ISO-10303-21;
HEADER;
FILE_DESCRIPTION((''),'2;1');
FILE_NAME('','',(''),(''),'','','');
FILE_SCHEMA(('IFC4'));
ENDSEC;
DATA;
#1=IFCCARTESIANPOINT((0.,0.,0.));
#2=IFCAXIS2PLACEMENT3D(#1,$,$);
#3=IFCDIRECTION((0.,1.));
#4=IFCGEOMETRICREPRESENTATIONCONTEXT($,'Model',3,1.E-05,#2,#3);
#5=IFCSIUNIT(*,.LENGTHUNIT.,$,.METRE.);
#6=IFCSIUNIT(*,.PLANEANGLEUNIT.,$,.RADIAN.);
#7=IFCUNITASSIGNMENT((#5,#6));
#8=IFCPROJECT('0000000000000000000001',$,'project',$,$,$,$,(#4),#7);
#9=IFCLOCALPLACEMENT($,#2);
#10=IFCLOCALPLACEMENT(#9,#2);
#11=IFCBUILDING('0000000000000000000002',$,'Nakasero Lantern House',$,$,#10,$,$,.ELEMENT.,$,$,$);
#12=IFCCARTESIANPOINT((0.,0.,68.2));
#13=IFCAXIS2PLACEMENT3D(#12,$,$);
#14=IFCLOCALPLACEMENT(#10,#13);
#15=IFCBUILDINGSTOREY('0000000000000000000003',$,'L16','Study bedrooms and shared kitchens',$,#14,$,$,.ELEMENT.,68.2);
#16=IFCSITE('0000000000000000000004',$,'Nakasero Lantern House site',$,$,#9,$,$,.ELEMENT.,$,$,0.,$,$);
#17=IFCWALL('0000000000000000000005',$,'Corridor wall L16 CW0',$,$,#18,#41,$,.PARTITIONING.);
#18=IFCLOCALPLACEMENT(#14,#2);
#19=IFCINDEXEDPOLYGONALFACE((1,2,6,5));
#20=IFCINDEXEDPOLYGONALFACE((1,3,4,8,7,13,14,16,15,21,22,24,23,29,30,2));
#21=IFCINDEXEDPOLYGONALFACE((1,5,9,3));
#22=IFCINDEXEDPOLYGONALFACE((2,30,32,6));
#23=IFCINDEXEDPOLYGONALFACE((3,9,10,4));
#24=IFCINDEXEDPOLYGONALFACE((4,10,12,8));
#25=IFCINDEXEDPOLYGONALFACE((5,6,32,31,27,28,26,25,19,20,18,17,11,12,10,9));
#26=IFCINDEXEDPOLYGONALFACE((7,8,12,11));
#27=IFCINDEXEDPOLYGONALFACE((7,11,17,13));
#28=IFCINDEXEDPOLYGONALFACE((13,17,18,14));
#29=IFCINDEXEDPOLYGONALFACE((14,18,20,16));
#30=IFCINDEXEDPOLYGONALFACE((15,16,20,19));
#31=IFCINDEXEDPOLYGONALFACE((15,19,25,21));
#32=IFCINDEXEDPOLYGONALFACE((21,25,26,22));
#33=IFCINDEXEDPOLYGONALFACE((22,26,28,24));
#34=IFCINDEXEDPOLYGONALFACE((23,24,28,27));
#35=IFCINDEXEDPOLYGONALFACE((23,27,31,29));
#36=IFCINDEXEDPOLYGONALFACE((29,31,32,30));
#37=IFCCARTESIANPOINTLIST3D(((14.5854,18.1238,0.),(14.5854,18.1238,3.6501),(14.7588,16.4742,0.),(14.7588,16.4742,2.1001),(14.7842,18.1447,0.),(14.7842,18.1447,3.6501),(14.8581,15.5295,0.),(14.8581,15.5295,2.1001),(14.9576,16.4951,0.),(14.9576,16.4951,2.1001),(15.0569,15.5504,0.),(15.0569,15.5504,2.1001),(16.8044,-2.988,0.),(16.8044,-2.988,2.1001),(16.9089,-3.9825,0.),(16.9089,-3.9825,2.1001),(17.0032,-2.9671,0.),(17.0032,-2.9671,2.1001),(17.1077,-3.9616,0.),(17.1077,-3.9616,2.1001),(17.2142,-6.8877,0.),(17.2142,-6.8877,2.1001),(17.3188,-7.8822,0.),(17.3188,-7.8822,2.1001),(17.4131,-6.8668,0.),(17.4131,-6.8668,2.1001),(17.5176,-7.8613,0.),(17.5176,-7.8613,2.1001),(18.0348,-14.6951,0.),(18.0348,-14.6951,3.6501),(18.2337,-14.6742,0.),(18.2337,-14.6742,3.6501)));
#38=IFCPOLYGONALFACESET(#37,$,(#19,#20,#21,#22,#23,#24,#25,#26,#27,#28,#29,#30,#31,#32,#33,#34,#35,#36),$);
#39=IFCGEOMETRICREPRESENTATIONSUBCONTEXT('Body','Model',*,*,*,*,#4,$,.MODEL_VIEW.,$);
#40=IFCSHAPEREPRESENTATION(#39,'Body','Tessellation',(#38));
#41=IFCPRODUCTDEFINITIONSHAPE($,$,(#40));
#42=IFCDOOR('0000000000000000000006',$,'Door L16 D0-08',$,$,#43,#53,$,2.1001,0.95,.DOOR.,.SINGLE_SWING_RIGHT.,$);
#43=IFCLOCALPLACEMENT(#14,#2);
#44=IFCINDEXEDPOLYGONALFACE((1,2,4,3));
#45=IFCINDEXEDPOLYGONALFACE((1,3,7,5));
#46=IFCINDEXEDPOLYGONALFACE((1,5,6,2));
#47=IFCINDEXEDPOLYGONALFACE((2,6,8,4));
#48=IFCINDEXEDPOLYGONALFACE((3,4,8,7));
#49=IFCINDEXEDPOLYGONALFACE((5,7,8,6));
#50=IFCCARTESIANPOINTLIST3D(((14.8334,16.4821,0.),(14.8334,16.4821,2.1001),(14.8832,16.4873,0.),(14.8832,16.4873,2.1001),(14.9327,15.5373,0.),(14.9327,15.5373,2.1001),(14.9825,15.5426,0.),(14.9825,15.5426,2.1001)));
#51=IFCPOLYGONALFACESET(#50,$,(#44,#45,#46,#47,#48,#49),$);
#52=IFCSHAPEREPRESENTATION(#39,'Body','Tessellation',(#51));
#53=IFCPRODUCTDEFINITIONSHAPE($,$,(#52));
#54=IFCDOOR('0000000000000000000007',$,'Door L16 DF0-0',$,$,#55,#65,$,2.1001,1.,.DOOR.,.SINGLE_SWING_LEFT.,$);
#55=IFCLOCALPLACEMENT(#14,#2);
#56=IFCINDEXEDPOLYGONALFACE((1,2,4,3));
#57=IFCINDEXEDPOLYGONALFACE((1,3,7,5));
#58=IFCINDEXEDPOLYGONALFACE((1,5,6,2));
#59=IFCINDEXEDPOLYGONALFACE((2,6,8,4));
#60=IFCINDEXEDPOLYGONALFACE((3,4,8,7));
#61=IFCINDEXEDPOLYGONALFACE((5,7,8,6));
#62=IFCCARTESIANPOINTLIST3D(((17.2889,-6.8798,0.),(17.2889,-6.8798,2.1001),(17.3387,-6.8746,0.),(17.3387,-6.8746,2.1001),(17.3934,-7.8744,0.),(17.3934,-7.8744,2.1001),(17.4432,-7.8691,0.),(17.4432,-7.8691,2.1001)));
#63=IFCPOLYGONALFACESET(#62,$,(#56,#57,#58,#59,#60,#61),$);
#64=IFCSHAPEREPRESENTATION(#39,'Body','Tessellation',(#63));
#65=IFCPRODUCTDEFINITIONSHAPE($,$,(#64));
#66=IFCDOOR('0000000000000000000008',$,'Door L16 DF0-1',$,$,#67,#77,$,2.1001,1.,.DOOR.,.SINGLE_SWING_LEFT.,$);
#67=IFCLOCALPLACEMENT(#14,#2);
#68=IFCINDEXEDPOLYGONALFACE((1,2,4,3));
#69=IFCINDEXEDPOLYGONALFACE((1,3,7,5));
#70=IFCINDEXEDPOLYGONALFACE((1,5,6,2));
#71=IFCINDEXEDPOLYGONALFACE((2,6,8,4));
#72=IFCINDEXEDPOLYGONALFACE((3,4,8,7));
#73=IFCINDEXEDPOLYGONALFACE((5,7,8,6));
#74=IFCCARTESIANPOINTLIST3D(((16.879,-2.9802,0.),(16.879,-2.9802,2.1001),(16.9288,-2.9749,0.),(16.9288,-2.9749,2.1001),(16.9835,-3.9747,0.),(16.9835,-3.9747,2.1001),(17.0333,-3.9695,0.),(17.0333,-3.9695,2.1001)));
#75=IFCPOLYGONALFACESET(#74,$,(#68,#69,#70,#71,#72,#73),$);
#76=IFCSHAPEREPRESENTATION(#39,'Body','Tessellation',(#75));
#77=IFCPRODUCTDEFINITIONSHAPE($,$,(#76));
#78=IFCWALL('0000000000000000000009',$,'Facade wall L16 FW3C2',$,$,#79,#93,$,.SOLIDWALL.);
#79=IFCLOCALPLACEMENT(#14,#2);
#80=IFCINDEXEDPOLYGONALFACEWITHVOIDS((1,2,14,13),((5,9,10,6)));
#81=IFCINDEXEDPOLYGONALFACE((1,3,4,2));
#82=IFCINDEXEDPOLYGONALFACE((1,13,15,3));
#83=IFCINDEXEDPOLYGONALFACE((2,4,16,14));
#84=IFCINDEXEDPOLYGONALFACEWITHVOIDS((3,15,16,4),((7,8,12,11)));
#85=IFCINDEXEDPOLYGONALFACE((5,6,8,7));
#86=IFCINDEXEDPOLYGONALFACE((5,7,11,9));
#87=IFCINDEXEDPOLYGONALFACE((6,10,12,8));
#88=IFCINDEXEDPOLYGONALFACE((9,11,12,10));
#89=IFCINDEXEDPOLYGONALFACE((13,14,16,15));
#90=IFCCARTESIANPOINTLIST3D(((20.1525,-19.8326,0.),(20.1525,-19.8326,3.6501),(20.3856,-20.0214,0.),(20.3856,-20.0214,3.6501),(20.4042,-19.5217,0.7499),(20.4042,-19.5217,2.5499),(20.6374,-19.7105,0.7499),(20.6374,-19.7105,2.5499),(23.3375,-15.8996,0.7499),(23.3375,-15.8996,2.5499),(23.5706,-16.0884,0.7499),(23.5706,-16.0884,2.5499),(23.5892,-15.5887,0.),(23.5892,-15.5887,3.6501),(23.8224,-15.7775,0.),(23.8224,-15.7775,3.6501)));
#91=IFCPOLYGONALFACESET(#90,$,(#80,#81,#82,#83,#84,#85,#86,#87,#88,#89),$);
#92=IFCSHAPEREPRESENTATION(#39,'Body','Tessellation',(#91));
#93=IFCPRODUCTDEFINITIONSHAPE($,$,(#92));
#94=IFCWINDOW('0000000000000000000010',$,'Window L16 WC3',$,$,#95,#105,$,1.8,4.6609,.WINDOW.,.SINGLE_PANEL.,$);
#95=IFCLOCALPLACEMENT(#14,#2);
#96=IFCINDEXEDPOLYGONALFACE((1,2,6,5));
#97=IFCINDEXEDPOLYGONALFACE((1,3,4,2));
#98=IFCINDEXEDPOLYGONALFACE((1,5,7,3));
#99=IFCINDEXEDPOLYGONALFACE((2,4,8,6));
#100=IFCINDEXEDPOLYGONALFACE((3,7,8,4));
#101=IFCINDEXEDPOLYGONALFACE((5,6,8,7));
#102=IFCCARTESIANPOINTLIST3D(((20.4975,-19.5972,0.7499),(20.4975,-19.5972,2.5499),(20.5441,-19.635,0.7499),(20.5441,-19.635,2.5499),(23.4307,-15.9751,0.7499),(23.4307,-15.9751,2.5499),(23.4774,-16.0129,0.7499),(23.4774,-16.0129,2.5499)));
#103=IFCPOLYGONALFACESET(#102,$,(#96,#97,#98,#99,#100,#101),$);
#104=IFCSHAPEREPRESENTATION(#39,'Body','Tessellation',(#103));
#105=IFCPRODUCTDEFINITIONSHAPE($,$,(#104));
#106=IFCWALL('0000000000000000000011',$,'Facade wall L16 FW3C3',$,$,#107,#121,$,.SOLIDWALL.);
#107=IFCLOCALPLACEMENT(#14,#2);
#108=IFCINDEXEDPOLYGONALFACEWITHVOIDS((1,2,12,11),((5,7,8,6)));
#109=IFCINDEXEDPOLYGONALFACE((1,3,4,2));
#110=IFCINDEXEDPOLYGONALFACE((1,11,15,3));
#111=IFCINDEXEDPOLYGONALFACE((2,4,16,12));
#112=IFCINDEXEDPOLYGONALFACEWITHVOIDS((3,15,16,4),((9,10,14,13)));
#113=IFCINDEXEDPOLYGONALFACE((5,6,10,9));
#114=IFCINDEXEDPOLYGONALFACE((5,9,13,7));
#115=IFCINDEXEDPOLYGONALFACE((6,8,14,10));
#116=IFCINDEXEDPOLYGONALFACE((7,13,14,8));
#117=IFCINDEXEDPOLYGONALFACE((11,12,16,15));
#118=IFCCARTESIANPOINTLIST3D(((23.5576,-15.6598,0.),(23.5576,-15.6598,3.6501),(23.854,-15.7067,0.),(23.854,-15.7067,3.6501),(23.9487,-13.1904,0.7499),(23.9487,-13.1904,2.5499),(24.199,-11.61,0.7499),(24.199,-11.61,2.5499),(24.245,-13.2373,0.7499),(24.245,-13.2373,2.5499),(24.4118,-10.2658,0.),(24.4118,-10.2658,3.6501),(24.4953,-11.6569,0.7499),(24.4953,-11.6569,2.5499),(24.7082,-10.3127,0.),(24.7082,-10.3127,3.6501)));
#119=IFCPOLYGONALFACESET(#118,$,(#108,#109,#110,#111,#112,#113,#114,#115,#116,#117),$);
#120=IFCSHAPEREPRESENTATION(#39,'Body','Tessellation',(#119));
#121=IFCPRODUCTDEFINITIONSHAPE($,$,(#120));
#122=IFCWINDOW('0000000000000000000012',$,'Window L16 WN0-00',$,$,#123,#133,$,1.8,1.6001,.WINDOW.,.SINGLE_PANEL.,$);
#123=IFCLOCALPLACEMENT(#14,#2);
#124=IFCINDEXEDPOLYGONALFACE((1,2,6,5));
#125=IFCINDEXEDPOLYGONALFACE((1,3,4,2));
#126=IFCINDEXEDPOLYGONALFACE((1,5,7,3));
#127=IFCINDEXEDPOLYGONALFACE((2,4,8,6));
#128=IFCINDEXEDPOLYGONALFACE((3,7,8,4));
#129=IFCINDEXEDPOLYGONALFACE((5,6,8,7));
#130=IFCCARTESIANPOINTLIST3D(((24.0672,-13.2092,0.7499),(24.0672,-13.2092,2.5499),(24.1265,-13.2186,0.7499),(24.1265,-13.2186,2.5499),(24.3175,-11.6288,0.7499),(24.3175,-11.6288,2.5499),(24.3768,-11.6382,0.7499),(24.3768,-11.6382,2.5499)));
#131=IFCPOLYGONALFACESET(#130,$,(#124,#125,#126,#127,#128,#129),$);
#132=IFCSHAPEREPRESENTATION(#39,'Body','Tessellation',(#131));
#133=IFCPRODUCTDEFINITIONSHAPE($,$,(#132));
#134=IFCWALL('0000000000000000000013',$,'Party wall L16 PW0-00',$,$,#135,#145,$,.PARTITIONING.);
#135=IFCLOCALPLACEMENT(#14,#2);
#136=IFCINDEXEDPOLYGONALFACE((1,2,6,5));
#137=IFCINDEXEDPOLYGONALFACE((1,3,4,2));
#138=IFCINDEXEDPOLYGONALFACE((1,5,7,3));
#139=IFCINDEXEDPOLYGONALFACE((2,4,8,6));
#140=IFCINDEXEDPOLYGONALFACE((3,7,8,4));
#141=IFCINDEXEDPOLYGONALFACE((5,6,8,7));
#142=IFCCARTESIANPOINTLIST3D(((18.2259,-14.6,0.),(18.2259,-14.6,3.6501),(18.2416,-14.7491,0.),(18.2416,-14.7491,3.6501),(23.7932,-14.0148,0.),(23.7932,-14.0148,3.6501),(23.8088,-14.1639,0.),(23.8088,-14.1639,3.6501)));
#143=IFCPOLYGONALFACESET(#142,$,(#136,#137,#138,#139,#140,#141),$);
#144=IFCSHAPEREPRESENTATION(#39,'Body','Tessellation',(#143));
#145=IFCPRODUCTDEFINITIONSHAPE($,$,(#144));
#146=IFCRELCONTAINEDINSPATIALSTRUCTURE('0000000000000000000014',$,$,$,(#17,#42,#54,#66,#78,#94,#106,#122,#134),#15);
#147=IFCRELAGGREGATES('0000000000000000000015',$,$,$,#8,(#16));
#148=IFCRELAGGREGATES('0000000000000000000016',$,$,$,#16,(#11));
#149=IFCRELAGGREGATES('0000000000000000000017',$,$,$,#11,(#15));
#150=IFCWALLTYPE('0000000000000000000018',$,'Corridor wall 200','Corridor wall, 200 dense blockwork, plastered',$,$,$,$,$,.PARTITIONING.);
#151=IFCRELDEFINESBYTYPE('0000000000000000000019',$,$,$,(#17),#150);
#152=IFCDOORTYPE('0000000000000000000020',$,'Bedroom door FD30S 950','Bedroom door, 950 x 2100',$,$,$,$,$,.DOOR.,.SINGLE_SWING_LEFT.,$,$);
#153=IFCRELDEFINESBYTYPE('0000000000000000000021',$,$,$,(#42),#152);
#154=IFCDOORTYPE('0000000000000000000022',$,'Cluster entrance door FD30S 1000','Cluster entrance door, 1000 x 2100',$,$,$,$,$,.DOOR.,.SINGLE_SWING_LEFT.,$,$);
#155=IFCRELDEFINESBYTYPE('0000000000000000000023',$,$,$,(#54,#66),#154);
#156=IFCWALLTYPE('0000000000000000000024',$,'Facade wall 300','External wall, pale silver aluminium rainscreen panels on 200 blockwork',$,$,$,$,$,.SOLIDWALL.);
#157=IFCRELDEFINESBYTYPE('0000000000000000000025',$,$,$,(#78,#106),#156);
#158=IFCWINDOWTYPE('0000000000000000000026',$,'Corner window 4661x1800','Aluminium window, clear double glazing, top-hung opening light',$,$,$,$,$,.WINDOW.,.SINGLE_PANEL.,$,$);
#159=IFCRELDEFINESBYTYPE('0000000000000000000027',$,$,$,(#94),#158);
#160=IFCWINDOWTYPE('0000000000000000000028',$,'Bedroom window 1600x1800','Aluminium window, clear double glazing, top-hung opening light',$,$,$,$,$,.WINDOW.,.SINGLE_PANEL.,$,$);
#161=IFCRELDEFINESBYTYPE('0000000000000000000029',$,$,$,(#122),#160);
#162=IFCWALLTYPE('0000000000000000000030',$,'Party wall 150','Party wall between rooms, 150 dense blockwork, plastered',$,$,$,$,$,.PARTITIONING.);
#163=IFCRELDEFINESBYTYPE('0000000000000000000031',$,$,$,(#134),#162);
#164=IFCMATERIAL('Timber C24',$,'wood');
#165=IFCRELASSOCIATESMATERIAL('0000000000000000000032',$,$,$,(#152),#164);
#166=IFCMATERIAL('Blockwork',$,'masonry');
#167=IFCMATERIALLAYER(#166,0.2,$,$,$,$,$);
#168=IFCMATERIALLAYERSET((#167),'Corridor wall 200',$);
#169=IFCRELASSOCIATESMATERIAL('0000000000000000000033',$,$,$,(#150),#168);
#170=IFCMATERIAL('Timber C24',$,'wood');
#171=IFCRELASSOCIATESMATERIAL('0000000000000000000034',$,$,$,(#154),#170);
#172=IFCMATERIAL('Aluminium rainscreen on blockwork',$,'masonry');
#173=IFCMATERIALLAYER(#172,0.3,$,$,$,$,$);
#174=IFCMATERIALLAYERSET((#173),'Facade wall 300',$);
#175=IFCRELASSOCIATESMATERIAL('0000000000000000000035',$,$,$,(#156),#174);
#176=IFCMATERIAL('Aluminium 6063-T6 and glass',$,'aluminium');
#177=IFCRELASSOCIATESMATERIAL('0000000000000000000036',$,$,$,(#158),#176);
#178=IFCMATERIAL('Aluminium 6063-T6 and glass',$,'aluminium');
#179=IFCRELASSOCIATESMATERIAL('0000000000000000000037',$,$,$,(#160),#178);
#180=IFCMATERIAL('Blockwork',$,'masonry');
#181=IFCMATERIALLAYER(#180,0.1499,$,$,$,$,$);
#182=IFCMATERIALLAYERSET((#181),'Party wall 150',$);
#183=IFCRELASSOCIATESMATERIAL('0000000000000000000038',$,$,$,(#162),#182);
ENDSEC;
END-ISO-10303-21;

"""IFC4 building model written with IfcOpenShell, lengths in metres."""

from ifc_helpers import new_model, si_unit, direction, frame, frame_2d, origin, place, context, subcontext, project, spatial, rectangle, extrude, material, layer, layer_set, type_object, element, fill, save


model = new_model("IFC4")

# Units and contexts
model_context = context("Model", 3, precision=1e-05, world=origin(), true_north=direction((0.0, 1.0)))
body_context = subcontext(model_context, "Body", "Model", "MODEL_VIEW")
ifc_project = project(units=[si_unit("LENGTHUNIT", "METRE"), si_unit("PLANEANGLEUNIT", "RADIAN")], contexts=[model_context])

# Site, building, storey
site_placement = place(None, origin())
site = spatial("IfcSite", under=ifc_project, at=site_placement, Name="Nakasero Lantern House site", CompositionType="ELEMENT", RefElevation=0.0)
building_placement = place(site_placement, origin())
building = spatial("IfcBuilding", under=site, at=building_placement, Name="Nakasero Lantern House", CompositionType="ELEMENT")
storey_placement = place(building_placement, frame((0.0, 0.0, 68.2)))
storey = spatial("IfcBuildingStorey", under=building, at=storey_placement, Name="L16", Description="Study bedrooms and shared kitchens", CompositionType="ELEMENT", Elevation=68.2)

# Wall, openings, doors
ifc_material_1 = material(Name="Timber C24", Category="wood")
door_type_1 = type_object("IfcDoorType", Name="Bedroom door FD30S 950", Description="Bedroom door, 950 x 2100", OperationType="SINGLE_SWING_LEFT", PredefinedType="DOOR", material=ifc_material_1)
ifc_material_2 = material(Name="Blockwork", Category="masonry")
ifc_layer_1 = layer(ifc_material_2, 0.2)
ifc_layer_set_1 = layer_set([ifc_layer_1], Name="Corridor wall 200")
wall_type_1 = type_object("IfcWallType", Name="Corridor wall 200", Description="Corridor wall, 200 dense blockwork, plastered", PredefinedType="PARTITIONING", material=ifc_layer_set_1)
wall_1_placement = place(storey_placement, frame((18.1343, -14.6848, 0.0), z_axis=(0.0, 0.0, 1.0), x_axis=(-0.10453, 0.994522, 0.0)))
wall_1 = element("IfcWall", 1, at=wall_1_placement, inside=storey, type_object=wall_type_1, Name="Corridor wall L16 CW0", PredefinedType="PARTITIONING", context=body_context, shape_type="SweptSolid", body=[
    extrude(rectangle(XDim=32.9998, YDim=0.2, at=frame_2d((16.5, 0.0))), origin(), (0.0, 0.0, 1.0), 3.6501),
])
opening_1_placement = place(wall_1_placement, frame((6.8506, 0.0, 0.0)))
opening_1 = element("IfcOpeningElement", 2, at=opening_1_placement, cuts=wall_1, PredefinedType="OPENING", context=body_context, shape_type="SweptSolid", body=[
    extrude(rectangle(XDim=1.0, YDim=2.1001, at=frame_2d((0.5, 1.05))), frame((0.0, 0.1199, 0.0), z_axis=(0.0, -1.0, 0.0), x_axis=(1.0, 0.0, 0.0)), (0.0, 0.0, 1.0), 0.24),
])
opening_2_placement = place(wall_1_placement, frame((10.7717, 0.0, 0.0)))
opening_2 = element("IfcOpeningElement", 3, at=opening_2_placement, cuts=wall_1, PredefinedType="OPENING", context=body_context, shape_type="SweptSolid", body=[
    extrude(rectangle(XDim=1.0, YDim=2.1001, at=frame_2d((0.5, 1.05))), frame((0.0, 0.1199, 0.0), z_axis=(0.0, -1.0, 0.0), x_axis=(1.0, 0.0, 0.0)), (0.0, 0.0, 1.0), 0.24),
])
opening_3_placement = place(wall_1_placement, frame((30.3911, 0.0, 0.0)))
opening_3 = element("IfcOpeningElement", 4, at=opening_3_placement, cuts=wall_1, PredefinedType="OPENING", context=body_context, shape_type="SweptSolid", body=[
    extrude(rectangle(XDim=0.95, YDim=2.1001, at=frame_2d((0.4751, 1.05))), frame((0.0, 0.1199, 0.0), z_axis=(0.0, -1.0, 0.0), x_axis=(1.0, 0.0, 0.0)), (0.0, 0.0, 1.0), 0.24),
])
door_1_placement = place(opening_3_placement, origin())
door_1 = element("IfcDoor", 5, at=door_1_placement, inside=storey, type_object=door_type_1, Name="Door L16 D0-08", OperationType="SINGLE_SWING_RIGHT", OverallHeight=2.1001, OverallWidth=0.95, PredefinedType="DOOR", context=body_context, shape_type="SweptSolid", body=[
    extrude(rectangle(XDim=0.95, YDim=2.1001, at=frame_2d((0.4751, 1.05))), frame((0.0, 0.0249, 0.0), z_axis=(0.0, -1.0, 0.0), x_axis=(1.0, 0.0, 0.0)), (0.0, 0.0, 1.0), 0.05),
])
fill(opening_3, door_1)
ifc_material_3 = material(Name="Timber C24", Category="wood")
door_type_2 = type_object("IfcDoorType", Name="Cluster entrance door FD30S 1000", Description="Cluster entrance door, 1000 x 2100", OperationType="SINGLE_SWING_LEFT", PredefinedType="DOOR", material=ifc_material_3)
door_2_placement = place(opening_1_placement, origin())
door_2 = element("IfcDoor", 6, at=door_2_placement, inside=storey, type_object=door_type_2, Name="Door L16 DF0-0", OperationType="SINGLE_SWING_LEFT", OverallHeight=2.1001, OverallWidth=1.0, PredefinedType="DOOR", context=body_context, shape_type="SweptSolid", body=[
    extrude(rectangle(XDim=1.0, YDim=2.1001, at=frame_2d((0.5, 1.05))), frame((0.0, 0.0249, 0.0), z_axis=(0.0, -1.0, 0.0), x_axis=(1.0, 0.0, 0.0)), (0.0, 0.0, 1.0), 0.05),
])
fill(opening_1, door_2)
door_3_placement = place(opening_2_placement, origin())
door_3 = element("IfcDoor", 7, at=door_3_placement, inside=storey, type_object=door_type_2, Name="Door L16 DF0-1", OperationType="SINGLE_SWING_LEFT", OverallHeight=2.1001, OverallWidth=1.0, PredefinedType="DOOR", context=body_context, shape_type="SweptSolid", body=[
    extrude(rectangle(XDim=1.0, YDim=2.1001, at=frame_2d((0.5, 1.05))), frame((0.0, 0.0249, 0.0), z_axis=(0.0, -1.0, 0.0), x_axis=(1.0, 0.0, 0.0)), (0.0, 0.0, 1.0), 0.05),
])
fill(opening_2, door_3)

# Walls, openings, windows
ifc_material_4 = material(Name="Aluminium rainscreen on blockwork", Category="masonry")
ifc_layer_2 = layer(ifc_material_4, 0.3)
ifc_layer_set_2 = layer_set([ifc_layer_2], Name="Facade wall 300")
wall_type_2 = type_object("IfcWallType", Name="Facade wall 300", Description="External wall, pale silver aluminium rainscreen panels on 200 blockwork", PredefinedType="SOLIDWALL", material=ifc_layer_set_2)
wall_2_placement = place(storey_placement, frame((20.269, -19.927, 0.0), z_axis=(0.0, 0.0, 1.0), x_axis=(0.629335, 0.777135, 0.0)))
wall_2 = element("IfcWall", 8, at=wall_2_placement, inside=storey, type_object=wall_type_2, Name="Facade wall L16 FW3C2", PredefinedType="SOLIDWALL", context=body_context, shape_type="SweptSolid", body=[
    extrude(rectangle(XDim=5.4609, YDim=0.3, at=frame_2d((2.7305, 0.0))), origin(), (0.0, 0.0, 1.0), 3.6501),
])
opening_4_placement = place(wall_2_placement, frame((0.3999, 0.0, 0.75)))
opening_4 = element("IfcOpeningElement", 9, at=opening_4_placement, cuts=wall_2, PredefinedType="OPENING", context=body_context, shape_type="SweptSolid", body=[
    extrude(rectangle(XDim=4.6609, YDim=1.8, at=frame_2d((2.3306, 0.8999))), frame((0.0, 0.1699, 0.0), z_axis=(0.0, -1.0, 0.0), x_axis=(1.0, 0.0, 0.0)), (0.0, 0.0, 1.0), 0.3401),
])
ifc_material_5 = material(Name="Aluminium 6063-T6 and glass", Category="aluminium")
window_type_1 = type_object("IfcWindowType", Name="Corner window 4661x1800", Description="Aluminium window, clear double glazing, top-hung opening light", PartitioningType="SINGLE_PANEL", PredefinedType="WINDOW", material=ifc_material_5)
window_1_placement = place(opening_4_placement, origin())
window_1 = element("IfcWindow", 10, at=window_1_placement, inside=storey, type_object=window_type_1, Name="Window L16 WC3", OverallHeight=1.8, OverallWidth=4.6609, PartitioningType="SINGLE_PANEL", PredefinedType="WINDOW", context=body_context, shape_type="SweptSolid", body=[
    extrude(rectangle(XDim=4.6609, YDim=1.8, at=frame_2d((2.3306, 0.8999))), frame((0.0, 0.03, 0.0), z_axis=(0.0, -1.0, 0.0), x_axis=(1.0, 0.0, 0.0)), (0.0, 0.0, 1.0), 0.0601),
])
fill(opening_4, window_1)
wall_3_placement = place(storey_placement, frame((23.7058, -15.6831, 0.0), z_axis=(0.0, 0.0, 1.0), x_axis=(0.156419, 0.987691, 0.0)))
wall_3 = element("IfcWall", 11, at=wall_3_placement, inside=storey, type_object=wall_type_2, Name="Facade wall L16 FW3C3", PredefinedType="SOLIDWALL", context=body_context, shape_type="SweptSolid", body=[
    extrude(rectangle(XDim=5.4612, YDim=0.3, at=frame_2d((2.7305, 0.0))), origin(), (0.0, 0.0, 1.0), 3.6501),
])
opening_5_placement = place(wall_3_placement, frame((2.5, 0.0, 0.75)))
opening_5 = element("IfcOpeningElement", 12, at=opening_5_placement, cuts=wall_3, PredefinedType="OPENING", context=body_context, shape_type="SweptSolid", body=[
    extrude(rectangle(XDim=1.6001, YDim=1.8, at=frame_2d((0.8, 0.8999))), frame((0.0, 0.1699, 0.0), z_axis=(0.0, -1.0, 0.0), x_axis=(1.0, 0.0, 0.0)), (0.0, 0.0, 1.0), 0.3401),
])
ifc_material_6 = material(Name="Aluminium 6063-T6 and glass", Category="aluminium")
window_type_2 = type_object("IfcWindowType", Name="Bedroom window 1600x1800", Description="Aluminium window, clear double glazing, top-hung opening light", PartitioningType="SINGLE_PANEL", PredefinedType="WINDOW", material=ifc_material_6)
window_2_placement = place(opening_5_placement, origin())
window_2 = element("IfcWindow", 13, at=window_2_placement, inside=storey, type_object=window_type_2, Name="Window L16 WN0-00", OverallHeight=1.8, OverallWidth=1.6001, PartitioningType="SINGLE_PANEL", PredefinedType="WINDOW", context=body_context, shape_type="SweptSolid", body=[
    extrude(rectangle(XDim=1.6001, YDim=1.8, at=frame_2d((0.8, 0.8999))), frame((0.0, 0.03, 0.0), z_axis=(0.0, -1.0, 0.0), x_axis=(1.0, 0.0, 0.0)), (0.0, 0.0, 1.0), 0.0601),
])
fill(opening_5, window_2)

# Wall
ifc_material_7 = material(Name="Blockwork", Category="masonry")
ifc_layer_3 = layer(ifc_material_7, 0.1499)
ifc_layer_set_3 = layer_set([ifc_layer_3], Name="Party wall 150")
wall_type_3 = type_object("IfcWallType", Name="Party wall 150", Description="Party wall between rooms, 150 dense blockwork, plastered", PredefinedType="PARTITIONING", material=ifc_layer_set_3)
wall_4_placement = place(storey_placement, frame((18.2339, -14.6746, 0.0), z_axis=(0.0, 0.0, 1.0), x_axis=(0.99452, 0.104542, 0.0)))
element("IfcWall", 14, at=wall_4_placement, inside=storey, type_object=wall_type_3, Name="Party wall L16 PW0-00", PredefinedType="PARTITIONING", context=body_context, shape_type="SweptSolid", body=[
    extrude(rectangle(XDim=5.5979, YDim=0.1499, at=frame_2d((2.7988, 0.0))), origin(), (0.0, 0.0, 1.0), 3.6501),
])

save(model, "model.ifc")
